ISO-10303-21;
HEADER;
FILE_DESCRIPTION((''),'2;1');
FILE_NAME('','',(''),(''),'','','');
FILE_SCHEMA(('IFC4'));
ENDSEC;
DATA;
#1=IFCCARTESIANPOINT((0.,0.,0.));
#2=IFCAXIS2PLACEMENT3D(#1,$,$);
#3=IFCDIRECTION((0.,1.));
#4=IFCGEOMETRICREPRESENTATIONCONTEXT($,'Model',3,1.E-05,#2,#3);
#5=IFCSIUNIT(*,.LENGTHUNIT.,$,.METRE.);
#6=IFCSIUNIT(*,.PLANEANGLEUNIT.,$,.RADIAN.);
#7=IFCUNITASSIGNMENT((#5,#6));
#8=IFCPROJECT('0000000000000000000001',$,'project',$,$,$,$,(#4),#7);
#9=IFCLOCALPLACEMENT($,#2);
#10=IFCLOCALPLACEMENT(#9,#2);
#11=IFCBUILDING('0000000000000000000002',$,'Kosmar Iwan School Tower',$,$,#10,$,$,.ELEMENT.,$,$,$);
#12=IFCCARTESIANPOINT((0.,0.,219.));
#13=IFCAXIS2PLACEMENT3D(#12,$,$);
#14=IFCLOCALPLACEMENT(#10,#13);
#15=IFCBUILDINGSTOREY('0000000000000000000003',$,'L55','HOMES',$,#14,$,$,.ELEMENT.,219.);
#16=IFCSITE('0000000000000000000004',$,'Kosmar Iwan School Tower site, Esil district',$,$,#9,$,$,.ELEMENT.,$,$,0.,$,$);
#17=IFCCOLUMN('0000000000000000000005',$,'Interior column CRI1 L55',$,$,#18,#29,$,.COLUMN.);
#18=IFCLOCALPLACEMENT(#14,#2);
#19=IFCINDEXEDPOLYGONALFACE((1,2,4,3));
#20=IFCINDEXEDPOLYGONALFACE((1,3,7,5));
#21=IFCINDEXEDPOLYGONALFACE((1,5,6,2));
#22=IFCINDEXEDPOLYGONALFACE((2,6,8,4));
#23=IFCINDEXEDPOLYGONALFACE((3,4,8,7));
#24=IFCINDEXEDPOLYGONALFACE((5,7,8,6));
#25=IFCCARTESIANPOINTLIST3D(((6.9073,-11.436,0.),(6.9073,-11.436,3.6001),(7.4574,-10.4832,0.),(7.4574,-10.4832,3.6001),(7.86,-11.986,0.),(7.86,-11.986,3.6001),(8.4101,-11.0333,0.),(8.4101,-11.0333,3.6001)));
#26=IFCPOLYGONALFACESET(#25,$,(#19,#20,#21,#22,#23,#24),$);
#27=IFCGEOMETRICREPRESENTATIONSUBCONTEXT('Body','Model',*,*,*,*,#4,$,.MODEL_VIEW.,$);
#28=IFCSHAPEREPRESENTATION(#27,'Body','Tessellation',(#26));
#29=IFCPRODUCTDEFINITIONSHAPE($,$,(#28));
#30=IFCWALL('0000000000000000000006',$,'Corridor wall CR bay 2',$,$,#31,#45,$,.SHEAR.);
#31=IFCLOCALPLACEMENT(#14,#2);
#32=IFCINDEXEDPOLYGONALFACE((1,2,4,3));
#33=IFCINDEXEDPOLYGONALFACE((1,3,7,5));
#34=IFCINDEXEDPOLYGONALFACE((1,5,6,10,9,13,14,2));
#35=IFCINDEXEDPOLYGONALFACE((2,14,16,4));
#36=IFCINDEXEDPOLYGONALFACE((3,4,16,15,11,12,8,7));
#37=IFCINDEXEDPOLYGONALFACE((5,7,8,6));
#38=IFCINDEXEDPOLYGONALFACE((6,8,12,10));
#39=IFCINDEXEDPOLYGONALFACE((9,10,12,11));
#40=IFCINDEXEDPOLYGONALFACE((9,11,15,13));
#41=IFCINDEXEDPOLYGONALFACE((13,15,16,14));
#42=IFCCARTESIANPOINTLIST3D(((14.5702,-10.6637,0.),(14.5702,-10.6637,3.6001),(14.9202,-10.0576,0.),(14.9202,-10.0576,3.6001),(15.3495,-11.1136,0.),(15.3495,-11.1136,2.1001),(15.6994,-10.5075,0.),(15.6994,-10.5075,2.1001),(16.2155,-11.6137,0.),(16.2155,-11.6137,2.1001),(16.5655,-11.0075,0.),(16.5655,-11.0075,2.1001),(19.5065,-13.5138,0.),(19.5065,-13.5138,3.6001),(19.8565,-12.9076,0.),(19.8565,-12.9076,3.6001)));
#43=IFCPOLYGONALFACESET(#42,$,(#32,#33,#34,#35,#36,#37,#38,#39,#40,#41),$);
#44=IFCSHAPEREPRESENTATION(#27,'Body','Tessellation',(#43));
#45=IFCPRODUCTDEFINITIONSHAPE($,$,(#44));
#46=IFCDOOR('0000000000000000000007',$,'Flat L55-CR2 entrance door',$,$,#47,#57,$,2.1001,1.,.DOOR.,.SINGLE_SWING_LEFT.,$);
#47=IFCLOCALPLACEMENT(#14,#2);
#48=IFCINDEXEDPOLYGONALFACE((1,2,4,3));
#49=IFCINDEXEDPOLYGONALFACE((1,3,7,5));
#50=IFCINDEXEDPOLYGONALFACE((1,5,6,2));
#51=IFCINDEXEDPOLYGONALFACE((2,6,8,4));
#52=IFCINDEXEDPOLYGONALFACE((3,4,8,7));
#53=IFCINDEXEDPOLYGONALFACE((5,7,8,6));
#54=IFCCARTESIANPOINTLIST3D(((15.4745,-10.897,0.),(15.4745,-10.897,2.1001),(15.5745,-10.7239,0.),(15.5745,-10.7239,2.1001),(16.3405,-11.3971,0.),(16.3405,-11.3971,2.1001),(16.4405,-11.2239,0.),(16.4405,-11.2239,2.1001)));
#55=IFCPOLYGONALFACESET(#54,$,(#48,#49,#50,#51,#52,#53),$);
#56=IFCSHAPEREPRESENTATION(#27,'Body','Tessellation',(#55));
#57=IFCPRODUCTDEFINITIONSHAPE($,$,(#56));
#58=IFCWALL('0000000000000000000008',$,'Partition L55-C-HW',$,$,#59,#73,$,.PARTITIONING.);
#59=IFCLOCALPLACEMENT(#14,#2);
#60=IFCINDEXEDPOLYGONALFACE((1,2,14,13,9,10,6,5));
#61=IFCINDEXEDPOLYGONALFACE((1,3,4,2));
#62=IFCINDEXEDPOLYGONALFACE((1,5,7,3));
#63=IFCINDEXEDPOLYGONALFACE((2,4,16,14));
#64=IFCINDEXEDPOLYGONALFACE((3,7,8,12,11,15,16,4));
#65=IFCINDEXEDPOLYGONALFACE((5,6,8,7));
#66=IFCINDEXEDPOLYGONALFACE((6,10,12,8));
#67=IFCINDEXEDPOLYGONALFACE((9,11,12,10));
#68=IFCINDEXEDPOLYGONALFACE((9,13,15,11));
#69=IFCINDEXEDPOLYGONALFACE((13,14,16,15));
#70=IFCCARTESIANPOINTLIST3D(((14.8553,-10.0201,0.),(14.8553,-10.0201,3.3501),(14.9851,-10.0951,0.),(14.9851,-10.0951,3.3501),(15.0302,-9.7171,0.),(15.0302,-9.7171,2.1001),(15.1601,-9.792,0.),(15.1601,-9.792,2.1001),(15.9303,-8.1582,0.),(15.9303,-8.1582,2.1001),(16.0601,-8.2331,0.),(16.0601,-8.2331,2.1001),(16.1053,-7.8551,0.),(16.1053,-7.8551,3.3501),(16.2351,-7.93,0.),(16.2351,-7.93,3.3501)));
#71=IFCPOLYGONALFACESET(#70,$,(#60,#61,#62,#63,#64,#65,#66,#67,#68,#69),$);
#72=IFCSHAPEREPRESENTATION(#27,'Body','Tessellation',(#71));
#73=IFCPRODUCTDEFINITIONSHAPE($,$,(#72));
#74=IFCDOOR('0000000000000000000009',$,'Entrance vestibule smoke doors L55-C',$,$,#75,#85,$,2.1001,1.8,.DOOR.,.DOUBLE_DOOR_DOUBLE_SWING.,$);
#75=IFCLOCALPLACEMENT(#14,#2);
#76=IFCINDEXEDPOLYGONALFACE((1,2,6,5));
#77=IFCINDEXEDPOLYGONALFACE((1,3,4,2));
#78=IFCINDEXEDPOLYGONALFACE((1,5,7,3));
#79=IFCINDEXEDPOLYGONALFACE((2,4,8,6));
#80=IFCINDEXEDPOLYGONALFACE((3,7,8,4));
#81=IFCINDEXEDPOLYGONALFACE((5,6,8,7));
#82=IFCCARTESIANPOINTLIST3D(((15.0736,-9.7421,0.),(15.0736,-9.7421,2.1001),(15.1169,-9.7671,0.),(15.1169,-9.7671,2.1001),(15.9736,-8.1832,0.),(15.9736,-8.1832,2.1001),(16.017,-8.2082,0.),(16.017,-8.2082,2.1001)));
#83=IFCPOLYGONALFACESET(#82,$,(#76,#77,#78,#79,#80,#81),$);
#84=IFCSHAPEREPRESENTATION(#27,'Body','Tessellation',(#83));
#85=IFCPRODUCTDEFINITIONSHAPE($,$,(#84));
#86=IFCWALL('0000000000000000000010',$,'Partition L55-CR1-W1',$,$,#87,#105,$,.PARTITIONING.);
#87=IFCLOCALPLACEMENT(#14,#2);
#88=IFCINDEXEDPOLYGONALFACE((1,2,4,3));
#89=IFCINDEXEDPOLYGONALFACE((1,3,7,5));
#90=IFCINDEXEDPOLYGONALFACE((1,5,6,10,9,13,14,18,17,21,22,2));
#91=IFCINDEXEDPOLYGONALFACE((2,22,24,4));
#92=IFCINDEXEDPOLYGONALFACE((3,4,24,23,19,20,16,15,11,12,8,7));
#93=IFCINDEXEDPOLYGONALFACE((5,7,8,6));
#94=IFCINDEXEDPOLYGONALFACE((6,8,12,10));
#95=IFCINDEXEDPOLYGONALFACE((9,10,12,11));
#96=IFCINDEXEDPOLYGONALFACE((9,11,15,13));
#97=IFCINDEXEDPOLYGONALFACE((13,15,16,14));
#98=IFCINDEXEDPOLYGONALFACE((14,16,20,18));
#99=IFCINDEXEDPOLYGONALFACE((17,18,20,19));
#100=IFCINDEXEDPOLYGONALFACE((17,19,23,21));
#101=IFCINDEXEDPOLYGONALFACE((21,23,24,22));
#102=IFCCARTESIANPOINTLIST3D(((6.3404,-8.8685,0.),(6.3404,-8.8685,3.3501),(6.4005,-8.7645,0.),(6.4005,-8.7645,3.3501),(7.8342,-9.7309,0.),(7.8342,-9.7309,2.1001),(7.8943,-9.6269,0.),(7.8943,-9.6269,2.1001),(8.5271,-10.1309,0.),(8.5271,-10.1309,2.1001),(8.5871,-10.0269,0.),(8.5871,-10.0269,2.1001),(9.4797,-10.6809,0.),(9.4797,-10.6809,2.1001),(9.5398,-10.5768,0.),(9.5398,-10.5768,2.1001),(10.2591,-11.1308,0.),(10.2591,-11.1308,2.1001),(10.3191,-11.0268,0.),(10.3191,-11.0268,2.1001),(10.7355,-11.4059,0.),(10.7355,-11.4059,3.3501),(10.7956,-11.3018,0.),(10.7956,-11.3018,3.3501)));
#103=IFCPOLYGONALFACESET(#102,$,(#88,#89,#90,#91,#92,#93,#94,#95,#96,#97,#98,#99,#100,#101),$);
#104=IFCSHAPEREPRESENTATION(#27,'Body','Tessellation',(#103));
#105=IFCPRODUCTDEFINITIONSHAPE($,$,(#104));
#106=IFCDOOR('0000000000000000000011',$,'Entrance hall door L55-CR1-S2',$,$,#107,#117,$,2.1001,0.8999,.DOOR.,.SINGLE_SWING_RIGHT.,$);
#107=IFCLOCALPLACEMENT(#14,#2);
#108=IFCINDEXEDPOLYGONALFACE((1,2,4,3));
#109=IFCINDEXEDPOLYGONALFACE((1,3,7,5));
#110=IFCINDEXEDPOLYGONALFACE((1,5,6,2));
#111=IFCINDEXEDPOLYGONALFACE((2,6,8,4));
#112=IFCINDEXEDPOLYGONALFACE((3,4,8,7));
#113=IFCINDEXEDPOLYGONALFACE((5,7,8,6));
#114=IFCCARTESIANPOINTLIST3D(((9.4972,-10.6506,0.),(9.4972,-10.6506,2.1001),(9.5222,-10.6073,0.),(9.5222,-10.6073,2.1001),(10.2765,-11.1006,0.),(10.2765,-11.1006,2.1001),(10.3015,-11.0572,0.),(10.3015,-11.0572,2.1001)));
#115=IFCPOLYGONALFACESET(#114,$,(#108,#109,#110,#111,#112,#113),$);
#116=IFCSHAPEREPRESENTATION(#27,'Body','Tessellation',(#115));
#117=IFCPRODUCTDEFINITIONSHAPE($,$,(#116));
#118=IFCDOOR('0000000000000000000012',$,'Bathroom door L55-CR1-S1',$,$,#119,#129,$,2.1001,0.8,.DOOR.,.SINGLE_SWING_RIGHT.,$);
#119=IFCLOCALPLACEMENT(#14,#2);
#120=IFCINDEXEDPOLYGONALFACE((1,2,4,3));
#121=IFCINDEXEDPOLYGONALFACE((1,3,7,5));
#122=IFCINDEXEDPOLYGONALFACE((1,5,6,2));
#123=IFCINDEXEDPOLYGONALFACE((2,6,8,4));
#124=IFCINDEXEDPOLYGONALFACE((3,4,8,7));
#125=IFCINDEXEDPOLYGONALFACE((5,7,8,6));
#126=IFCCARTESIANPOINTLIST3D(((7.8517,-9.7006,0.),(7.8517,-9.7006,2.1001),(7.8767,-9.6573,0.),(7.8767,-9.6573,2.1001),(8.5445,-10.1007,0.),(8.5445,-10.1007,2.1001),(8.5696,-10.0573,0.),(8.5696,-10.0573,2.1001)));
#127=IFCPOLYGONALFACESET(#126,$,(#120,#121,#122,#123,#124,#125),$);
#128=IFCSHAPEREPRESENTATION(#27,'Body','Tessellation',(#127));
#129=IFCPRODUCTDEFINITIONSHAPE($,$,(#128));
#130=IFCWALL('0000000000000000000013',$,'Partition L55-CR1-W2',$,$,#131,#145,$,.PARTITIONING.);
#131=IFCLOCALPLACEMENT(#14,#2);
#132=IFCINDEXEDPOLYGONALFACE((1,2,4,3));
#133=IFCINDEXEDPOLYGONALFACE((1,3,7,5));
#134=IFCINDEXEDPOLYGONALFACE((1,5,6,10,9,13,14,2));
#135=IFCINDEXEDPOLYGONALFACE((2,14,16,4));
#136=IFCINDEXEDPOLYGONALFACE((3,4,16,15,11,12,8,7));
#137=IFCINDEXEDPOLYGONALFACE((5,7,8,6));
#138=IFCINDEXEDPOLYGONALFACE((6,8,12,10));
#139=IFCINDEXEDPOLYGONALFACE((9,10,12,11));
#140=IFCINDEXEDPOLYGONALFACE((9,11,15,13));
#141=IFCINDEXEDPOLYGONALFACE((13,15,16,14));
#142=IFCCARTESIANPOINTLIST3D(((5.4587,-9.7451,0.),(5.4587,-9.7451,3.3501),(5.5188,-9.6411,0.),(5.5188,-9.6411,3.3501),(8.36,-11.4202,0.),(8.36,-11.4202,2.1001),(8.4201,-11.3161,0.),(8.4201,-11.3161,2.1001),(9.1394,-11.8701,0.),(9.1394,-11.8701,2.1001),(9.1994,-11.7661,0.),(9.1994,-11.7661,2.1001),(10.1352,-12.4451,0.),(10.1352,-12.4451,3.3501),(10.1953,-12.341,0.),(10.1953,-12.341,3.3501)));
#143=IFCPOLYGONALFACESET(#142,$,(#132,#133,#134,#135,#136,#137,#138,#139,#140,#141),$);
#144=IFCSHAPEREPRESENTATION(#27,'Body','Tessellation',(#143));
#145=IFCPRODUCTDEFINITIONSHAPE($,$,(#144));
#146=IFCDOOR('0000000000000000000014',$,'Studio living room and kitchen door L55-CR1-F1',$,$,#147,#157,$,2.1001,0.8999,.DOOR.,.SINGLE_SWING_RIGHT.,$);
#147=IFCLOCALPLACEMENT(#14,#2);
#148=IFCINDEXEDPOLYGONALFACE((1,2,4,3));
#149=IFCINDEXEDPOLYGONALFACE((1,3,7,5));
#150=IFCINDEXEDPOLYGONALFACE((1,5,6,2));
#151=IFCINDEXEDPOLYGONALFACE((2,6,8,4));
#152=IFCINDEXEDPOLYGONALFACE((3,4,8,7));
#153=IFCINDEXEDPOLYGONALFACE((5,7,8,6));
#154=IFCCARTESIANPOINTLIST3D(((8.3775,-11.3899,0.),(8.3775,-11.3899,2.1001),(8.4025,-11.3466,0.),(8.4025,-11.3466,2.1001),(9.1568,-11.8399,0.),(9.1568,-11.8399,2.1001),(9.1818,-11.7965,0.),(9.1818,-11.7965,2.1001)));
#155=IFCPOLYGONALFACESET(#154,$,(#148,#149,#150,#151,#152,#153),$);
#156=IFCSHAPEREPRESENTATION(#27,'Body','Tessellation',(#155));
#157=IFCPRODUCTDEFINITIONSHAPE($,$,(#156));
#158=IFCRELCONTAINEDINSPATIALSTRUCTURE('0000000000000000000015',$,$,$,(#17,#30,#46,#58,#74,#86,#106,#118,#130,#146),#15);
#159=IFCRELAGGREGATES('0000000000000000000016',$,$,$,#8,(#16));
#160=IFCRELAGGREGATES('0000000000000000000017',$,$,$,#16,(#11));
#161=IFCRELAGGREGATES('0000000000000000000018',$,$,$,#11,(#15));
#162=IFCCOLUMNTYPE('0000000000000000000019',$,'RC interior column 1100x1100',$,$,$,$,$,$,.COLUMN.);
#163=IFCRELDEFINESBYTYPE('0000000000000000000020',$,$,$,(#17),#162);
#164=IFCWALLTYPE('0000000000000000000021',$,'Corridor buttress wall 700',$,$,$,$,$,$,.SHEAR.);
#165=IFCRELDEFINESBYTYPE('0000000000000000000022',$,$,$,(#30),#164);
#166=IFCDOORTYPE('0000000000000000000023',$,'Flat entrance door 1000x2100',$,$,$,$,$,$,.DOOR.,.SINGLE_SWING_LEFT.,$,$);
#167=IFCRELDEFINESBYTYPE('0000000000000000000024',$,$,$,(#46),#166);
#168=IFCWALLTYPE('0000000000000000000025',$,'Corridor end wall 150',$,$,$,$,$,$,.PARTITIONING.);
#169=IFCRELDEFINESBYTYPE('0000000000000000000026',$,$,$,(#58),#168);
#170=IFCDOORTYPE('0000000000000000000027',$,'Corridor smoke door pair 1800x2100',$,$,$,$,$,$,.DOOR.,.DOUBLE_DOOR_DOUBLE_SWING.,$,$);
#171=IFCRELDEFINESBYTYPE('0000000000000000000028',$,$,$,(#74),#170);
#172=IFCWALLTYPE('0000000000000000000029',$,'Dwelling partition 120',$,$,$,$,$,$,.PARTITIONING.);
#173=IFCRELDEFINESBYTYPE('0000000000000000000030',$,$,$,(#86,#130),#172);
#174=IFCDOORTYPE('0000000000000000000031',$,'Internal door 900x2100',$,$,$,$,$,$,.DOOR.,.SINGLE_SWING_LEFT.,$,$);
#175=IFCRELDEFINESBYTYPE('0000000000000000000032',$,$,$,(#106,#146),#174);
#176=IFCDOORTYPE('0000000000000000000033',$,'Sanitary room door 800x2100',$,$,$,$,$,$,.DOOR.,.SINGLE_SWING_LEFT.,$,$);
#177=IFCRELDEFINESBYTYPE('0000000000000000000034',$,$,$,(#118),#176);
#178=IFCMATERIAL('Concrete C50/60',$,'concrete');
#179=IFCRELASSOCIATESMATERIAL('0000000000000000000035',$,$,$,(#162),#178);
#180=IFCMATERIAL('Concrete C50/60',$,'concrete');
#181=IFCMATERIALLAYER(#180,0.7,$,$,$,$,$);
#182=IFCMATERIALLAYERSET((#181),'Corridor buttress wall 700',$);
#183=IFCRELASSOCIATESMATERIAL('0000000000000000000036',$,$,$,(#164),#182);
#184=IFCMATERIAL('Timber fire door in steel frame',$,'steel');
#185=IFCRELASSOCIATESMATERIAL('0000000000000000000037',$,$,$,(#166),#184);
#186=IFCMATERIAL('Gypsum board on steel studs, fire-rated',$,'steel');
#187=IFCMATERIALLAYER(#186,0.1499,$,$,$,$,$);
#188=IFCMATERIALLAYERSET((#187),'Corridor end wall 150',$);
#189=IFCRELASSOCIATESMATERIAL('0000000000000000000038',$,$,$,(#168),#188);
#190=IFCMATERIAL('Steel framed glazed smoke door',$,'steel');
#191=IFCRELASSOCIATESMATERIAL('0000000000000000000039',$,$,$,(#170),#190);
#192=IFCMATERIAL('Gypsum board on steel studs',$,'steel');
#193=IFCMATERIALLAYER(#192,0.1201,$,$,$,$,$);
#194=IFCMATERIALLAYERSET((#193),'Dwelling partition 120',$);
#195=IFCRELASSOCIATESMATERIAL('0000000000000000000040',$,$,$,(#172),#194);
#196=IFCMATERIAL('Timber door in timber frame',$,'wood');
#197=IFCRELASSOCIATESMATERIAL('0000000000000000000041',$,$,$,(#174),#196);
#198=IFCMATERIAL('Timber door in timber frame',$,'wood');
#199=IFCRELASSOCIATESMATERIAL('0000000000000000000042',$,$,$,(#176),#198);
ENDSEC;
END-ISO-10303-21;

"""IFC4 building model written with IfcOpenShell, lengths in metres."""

from ifc_helpers import new_model, si_unit, direction, frame, frame_2d, origin, origin_2d, place, context, subcontext, project, spatial, rectangle, extrude, material, layer, layer_set, material_profile, profile_set, type_object, element, fill, save


model = new_model("IFC4")

# Units and contexts
model_context = context("Model", 3, precision=1e-05, world=origin(), true_north=direction((0.0, 1.0)))
body_context = subcontext(model_context, "Body", "Model", "MODEL_VIEW")
ifc_project = project(units=[si_unit("LENGTHUNIT", "METRE"), si_unit("PLANEANGLEUNIT", "RADIAN")], contexts=[model_context])

# Site, building, storey
site_placement = place(None, origin())
site = spatial("IfcSite", under=ifc_project, at=site_placement, Name="Kosmar Iwan School Tower site, Esil district", CompositionType="ELEMENT", RefElevation=0.0)
building_placement = place(site_placement, origin())
building = spatial("IfcBuilding", under=site, at=building_placement, Name="Kosmar Iwan School Tower", CompositionType="ELEMENT")
storey_placement = place(building_placement, frame((0.0, 0.0, 219.0)))
storey = spatial("IfcBuildingStorey", under=building, at=storey_placement, Name="L55", Description="HOMES", CompositionType="ELEMENT", Elevation=219.0)

# Column
ifc_material_1 = material(Name="Concrete C50/60", Category="concrete")
ifc_material_profile = material_profile(ifc_material_1, rectangle(XDim=1.1001, YDim=1.1001, at=origin_2d()), Name="RC 1100x1100")
ifc_profile_set = profile_set([ifc_material_profile], Name="Concrete C50/60")
column_type = type_object("IfcColumnType", Name="RC interior column 1100x1100", PredefinedType="COLUMN", material=ifc_profile_set)
column_placement = place(storey_placement, frame((7.6587, -11.2346, 0.0), z_axis=(0.0, 0.0, 1.0), x_axis=(0.866025, -0.5, 0.0)))
element("IfcColumn", 1, at=column_placement, inside=storey, type_object=column_type, Name="Interior column CRI1 L55", PredefinedType="COLUMN", context=body_context, shape_type="SweptSolid", body=[
    extrude(rectangle(XDim=1.1001, YDim=1.1001, at=origin_2d()), origin(), (0.0, 0.0, 1.0), 3.6001),
])

# Walls, openings, doors
ifc_material_2 = material(Name="Concrete C50/60", Category="concrete")
ifc_layer_1 = layer(ifc_material_2, 0.7)
ifc_layer_set_1 = layer_set([ifc_layer_1], Name="Corridor buttress wall 700")
wall_type_1 = type_object("IfcWallType", Name="Corridor buttress wall 700", PredefinedType="SHEAR", material=ifc_layer_set_1)
wall_1_placement = place(storey_placement, frame((14.7451, -10.3606, 0.0), z_axis=(0.0, 0.0, 1.0), x_axis=(0.866015, -0.500018, 0.0)))
wall_1 = element("IfcWall", 2, at=wall_1_placement, inside=storey, type_object=wall_type_1, Name="Corridor wall CR bay 2", PredefinedType="SHEAR", context=body_context, shape_type="SweptSolid", body=[
    extrude(rectangle(XDim=5.7, YDim=0.7, at=frame_2d((2.8501, 0.0))), origin(), (0.0, 0.0, 1.0), 3.6001),
])
opening_1_placement = place(wall_1_placement, frame((0.8999, 0.0, 0.0)))
opening_1 = element("IfcOpeningElement", 3, at=opening_1_placement, cuts=wall_1, PredefinedType="OPENING", context=body_context, shape_type="SweptSolid", body=[
    extrude(rectangle(XDim=1.0, YDim=2.1001, at=frame_2d((0.5, 1.05))), frame((0.0, 0.3621, 0.0), z_axis=(0.0, -1.0, 0.0), x_axis=(1.0, 0.0, 0.0)), (0.0, 0.0, 1.0), 0.7239),
])
ifc_material_3 = material(Name="Timber fire door in steel frame", Category="steel")
door_type_1 = type_object("IfcDoorType", Name="Flat entrance door 1000x2100", OperationType="SINGLE_SWING_LEFT", PredefinedType="DOOR", material=ifc_material_3)
door_1_placement = place(opening_1_placement, origin())
door_1 = element("IfcDoor", 4, at=door_1_placement, inside=storey, type_object=door_type_1, Name="Flat L55-CR2 entrance door", OperationType="SINGLE_SWING_LEFT", OverallHeight=2.1001, OverallWidth=1.0, PredefinedType="DOOR", context=body_context, shape_type="SweptSolid", body=[
    extrude(rectangle(XDim=1.0, YDim=2.1001, at=frame_2d((0.5, 1.05))), frame((0.0, 0.1001, 0.0), z_axis=(0.0, -1.0, 0.0), x_axis=(1.0, 0.0, 0.0)), (0.0, 0.0, 1.0), 0.2),
])
fill(opening_1, door_1)
ifc_material_4 = material(Name="Gypsum board on steel studs, fire-rated", Category="steel")
ifc_layer_2 = layer(ifc_material_4, 0.1499)
ifc_layer_set_2 = layer_set([ifc_layer_2], Name="Corridor end wall 150")
wall_type_2 = type_object("IfcWallType", Name="Corridor end wall 150", PredefinedType="PARTITIONING", material=ifc_layer_set_2)
wall_2_placement = place(storey_placement, frame((14.9202, -10.0576, 0.0), z_axis=(0.0, 0.0, 1.0), x_axis=(0.500004, 0.866023, 0.0)))
wall_2 = element("IfcWall", 5, at=wall_2_placement, inside=storey, type_object=wall_type_2, Name="Partition L55-C-HW", PredefinedType="PARTITIONING", context=body_context, shape_type="SweptSolid", body=[
    extrude(rectangle(XDim=2.5, YDim=0.1499, at=frame_2d((1.25, 0.0))), origin(), (0.0, 0.0, 1.0), 3.3501),
])
opening_2_placement = place(wall_2_placement, frame((0.3501, 0.0, 0.0)))
opening_2 = element("IfcOpeningElement", 6, at=opening_2_placement, cuts=wall_2, PredefinedType="OPENING", context=body_context, shape_type="SweptSolid", body=[
    extrude(rectangle(XDim=1.8, YDim=2.1001, at=frame_2d((0.8999, 1.05))), frame((0.0, 0.0869, 0.0), z_axis=(0.0, -1.0, 0.0), x_axis=(1.0, 0.0, 0.0)), (0.0, 0.0, 1.0), 0.1738),
])
ifc_material_5 = material(Name="Steel framed glazed smoke door", Category="steel")
door_type_2 = type_object("IfcDoorType", Name="Corridor smoke door pair 1800x2100", OperationType="DOUBLE_DOOR_DOUBLE_SWING", PredefinedType="DOOR", material=ifc_material_5)
door_2_placement = place(opening_2_placement, origin())
door_2 = element("IfcDoor", 7, at=door_2_placement, inside=storey, type_object=door_type_2, Name="Entrance vestibule smoke doors L55-C", OperationType="DOUBLE_DOOR_DOUBLE_SWING", OverallHeight=2.1001, OverallWidth=1.8, PredefinedType="DOOR", context=body_context, shape_type="SweptSolid", body=[
    extrude(rectangle(XDim=1.8, YDim=2.1001, at=frame_2d((0.8999, 1.05))), frame((0.0, 0.0249, 0.0), z_axis=(0.0, -1.0, 0.0), x_axis=(1.0, 0.0, 0.0)), (0.0, 0.0, 1.0), 0.05),
])
fill(opening_2, door_2)

# Wall, openings, doors
ifc_material_6 = material(Name="Gypsum board on steel studs", Category="steel")
ifc_layer_3 = layer(ifc_material_6, 0.1201)
ifc_layer_set_3 = layer_set([ifc_layer_3], Name="Dwelling partition 120")
wall_type_3 = type_object("IfcWallType", Name="Dwelling partition 120", PredefinedType="PARTITIONING", material=ifc_layer_set_3)
wall_3_placement = place(storey_placement, frame((6.3704, -8.8164, 0.0), z_axis=(0.0, 0.0, 1.0), x_axis=(0.866035, -0.499983, 0.0)))
wall_3 = element("IfcWall", 8, at=wall_3_placement, inside=storey, type_object=wall_type_3, Name="Partition L55-CR1-W1", PredefinedType="PARTITIONING", context=body_context, shape_type="SweptSolid", body=[
    extrude(rectangle(XDim=5.075, YDim=0.1201, at=frame_2d((2.5376, 0.0))), origin(), (0.0, 0.0, 1.0), 3.3501),
])
opening_3_placement = place(wall_3_placement, frame((1.7251, 0.0, 0.0)))
opening_3 = element("IfcOpeningElement", 9, at=opening_3_placement, cuts=wall_3, PredefinedType="OPENING", context=body_context, shape_type="SweptSolid", body=[
    extrude(rectangle(XDim=0.8, YDim=2.1001, at=frame_2d((0.3999, 1.05))), frame((0.0, 0.072, 0.0), z_axis=(0.0, -1.0, 0.0), x_axis=(1.0, 0.0, 0.0)), (0.0, 0.0, 1.0), 0.144),
])
opening_4_placement = place(wall_3_placement, frame((3.625, 0.0, 0.0)))
opening_4 = element("IfcOpeningElement", 10, at=opening_4_placement, cuts=wall_3, PredefinedType="OPENING", context=body_context, shape_type="SweptSolid", body=[
    extrude(rectangle(XDim=0.8999, YDim=2.1001, at=frame_2d((0.45, 1.05))), frame((0.0, 0.072, 0.0), z_axis=(0.0, -1.0, 0.0), x_axis=(1.0, 0.0, 0.0)), (0.0, 0.0, 1.0), 0.144),
])
ifc_material_7 = material(Name="Timber door in timber frame", Category="wood")
door_type_3 = type_object("IfcDoorType", Name="Internal door 900x2100", OperationType="SINGLE_SWING_LEFT", PredefinedType="DOOR", material=ifc_material_7)
door_3_placement = place(opening_4_placement, origin())
door_3 = element("IfcDoor", 11, at=door_3_placement, inside=storey, type_object=door_type_3, Name="Entrance hall door L55-CR1-S2", OperationType="SINGLE_SWING_RIGHT", OverallHeight=2.1001, OverallWidth=0.8999, PredefinedType="DOOR", context=body_context, shape_type="SweptSolid", body=[
    extrude(rectangle(XDim=0.8999, YDim=2.1001, at=frame_2d((0.45, 1.05))), frame((0.0, 0.0249, 0.0), z_axis=(0.0, -1.0, 0.0), x_axis=(1.0, 0.0, 0.0)), (0.0, 0.0, 1.0), 0.05),
])
fill(opening_4, door_3)
ifc_material_8 = material(Name="Timber door in timber frame", Category="wood")
door_type_4 = type_object("IfcDoorType", Name="Sanitary room door 800x2100", OperationType="SINGLE_SWING_LEFT", PredefinedType="DOOR", material=ifc_material_8)
door_4_placement = place(opening_3_placement, origin())
door_4 = element("IfcDoor", 12, at=door_4_placement, inside=storey, type_object=door_type_4, Name="Bathroom door L55-CR1-S1", OperationType="SINGLE_SWING_RIGHT", OverallHeight=2.1001, OverallWidth=0.8, PredefinedType="DOOR", context=body_context, shape_type="SweptSolid", body=[
    extrude(rectangle(XDim=0.8, YDim=2.1001, at=frame_2d((0.3999, 1.05))), frame((0.0, 0.0249, 0.0), z_axis=(0.0, -1.0, 0.0), x_axis=(1.0, 0.0, 0.0)), (0.0, 0.0, 1.0), 0.05),
])
fill(opening_3, door_4)

# Wall, opening, door
wall_4_placement = place(storey_placement, frame((5.4888, -9.6931, 0.0), z_axis=(0.0, 0.0, 1.0), x_axis=(0.866028, -0.499995, 0.0)))
wall_4 = element("IfcWall", 13, at=wall_4_placement, inside=storey, type_object=wall_type_3, Name="Partition L55-CR1-W2", PredefinedType="PARTITIONING", context=body_context, shape_type="SweptSolid", body=[
    extrude(rectangle(XDim=5.3999, YDim=0.1201, at=frame_2d((2.7, 0.0))), origin(), (0.0, 0.0, 1.0), 3.3501),
])
opening_5_placement = place(wall_4_placement, frame((3.3501, 0.0, 0.0)))
opening_5 = element("IfcOpeningElement", 14, at=opening_5_placement, cuts=wall_4, PredefinedType="OPENING", context=body_context, shape_type="SweptSolid", body=[
    extrude(rectangle(XDim=0.8999, YDim=2.1001, at=frame_2d((0.45, 1.05))), frame((0.0, 0.072, 0.0), z_axis=(0.0, -1.0, 0.0), x_axis=(1.0, 0.0, 0.0)), (0.0, 0.0, 1.0), 0.144),
])
door_5_placement = place(opening_5_placement, origin())
door_5 = element("IfcDoor", 15, at=door_5_placement, inside=storey, type_object=door_type_3, Name="Studio living room and kitchen door L55-CR1-F1", OperationType="SINGLE_SWING_RIGHT", OverallHeight=2.1001, OverallWidth=0.8999, PredefinedType="DOOR", context=body_context, shape_type="SweptSolid", body=[
    extrude(rectangle(XDim=0.8999, YDim=2.1001, at=frame_2d((0.45, 1.05))), frame((0.0, 0.0249, 0.0), z_axis=(0.0, -1.0, 0.0), x_axis=(1.0, 0.0, 0.0)), (0.0, 0.0, 1.0), 0.05),
])
fill(opening_5, door_5)

save(model, "model.ifc")
